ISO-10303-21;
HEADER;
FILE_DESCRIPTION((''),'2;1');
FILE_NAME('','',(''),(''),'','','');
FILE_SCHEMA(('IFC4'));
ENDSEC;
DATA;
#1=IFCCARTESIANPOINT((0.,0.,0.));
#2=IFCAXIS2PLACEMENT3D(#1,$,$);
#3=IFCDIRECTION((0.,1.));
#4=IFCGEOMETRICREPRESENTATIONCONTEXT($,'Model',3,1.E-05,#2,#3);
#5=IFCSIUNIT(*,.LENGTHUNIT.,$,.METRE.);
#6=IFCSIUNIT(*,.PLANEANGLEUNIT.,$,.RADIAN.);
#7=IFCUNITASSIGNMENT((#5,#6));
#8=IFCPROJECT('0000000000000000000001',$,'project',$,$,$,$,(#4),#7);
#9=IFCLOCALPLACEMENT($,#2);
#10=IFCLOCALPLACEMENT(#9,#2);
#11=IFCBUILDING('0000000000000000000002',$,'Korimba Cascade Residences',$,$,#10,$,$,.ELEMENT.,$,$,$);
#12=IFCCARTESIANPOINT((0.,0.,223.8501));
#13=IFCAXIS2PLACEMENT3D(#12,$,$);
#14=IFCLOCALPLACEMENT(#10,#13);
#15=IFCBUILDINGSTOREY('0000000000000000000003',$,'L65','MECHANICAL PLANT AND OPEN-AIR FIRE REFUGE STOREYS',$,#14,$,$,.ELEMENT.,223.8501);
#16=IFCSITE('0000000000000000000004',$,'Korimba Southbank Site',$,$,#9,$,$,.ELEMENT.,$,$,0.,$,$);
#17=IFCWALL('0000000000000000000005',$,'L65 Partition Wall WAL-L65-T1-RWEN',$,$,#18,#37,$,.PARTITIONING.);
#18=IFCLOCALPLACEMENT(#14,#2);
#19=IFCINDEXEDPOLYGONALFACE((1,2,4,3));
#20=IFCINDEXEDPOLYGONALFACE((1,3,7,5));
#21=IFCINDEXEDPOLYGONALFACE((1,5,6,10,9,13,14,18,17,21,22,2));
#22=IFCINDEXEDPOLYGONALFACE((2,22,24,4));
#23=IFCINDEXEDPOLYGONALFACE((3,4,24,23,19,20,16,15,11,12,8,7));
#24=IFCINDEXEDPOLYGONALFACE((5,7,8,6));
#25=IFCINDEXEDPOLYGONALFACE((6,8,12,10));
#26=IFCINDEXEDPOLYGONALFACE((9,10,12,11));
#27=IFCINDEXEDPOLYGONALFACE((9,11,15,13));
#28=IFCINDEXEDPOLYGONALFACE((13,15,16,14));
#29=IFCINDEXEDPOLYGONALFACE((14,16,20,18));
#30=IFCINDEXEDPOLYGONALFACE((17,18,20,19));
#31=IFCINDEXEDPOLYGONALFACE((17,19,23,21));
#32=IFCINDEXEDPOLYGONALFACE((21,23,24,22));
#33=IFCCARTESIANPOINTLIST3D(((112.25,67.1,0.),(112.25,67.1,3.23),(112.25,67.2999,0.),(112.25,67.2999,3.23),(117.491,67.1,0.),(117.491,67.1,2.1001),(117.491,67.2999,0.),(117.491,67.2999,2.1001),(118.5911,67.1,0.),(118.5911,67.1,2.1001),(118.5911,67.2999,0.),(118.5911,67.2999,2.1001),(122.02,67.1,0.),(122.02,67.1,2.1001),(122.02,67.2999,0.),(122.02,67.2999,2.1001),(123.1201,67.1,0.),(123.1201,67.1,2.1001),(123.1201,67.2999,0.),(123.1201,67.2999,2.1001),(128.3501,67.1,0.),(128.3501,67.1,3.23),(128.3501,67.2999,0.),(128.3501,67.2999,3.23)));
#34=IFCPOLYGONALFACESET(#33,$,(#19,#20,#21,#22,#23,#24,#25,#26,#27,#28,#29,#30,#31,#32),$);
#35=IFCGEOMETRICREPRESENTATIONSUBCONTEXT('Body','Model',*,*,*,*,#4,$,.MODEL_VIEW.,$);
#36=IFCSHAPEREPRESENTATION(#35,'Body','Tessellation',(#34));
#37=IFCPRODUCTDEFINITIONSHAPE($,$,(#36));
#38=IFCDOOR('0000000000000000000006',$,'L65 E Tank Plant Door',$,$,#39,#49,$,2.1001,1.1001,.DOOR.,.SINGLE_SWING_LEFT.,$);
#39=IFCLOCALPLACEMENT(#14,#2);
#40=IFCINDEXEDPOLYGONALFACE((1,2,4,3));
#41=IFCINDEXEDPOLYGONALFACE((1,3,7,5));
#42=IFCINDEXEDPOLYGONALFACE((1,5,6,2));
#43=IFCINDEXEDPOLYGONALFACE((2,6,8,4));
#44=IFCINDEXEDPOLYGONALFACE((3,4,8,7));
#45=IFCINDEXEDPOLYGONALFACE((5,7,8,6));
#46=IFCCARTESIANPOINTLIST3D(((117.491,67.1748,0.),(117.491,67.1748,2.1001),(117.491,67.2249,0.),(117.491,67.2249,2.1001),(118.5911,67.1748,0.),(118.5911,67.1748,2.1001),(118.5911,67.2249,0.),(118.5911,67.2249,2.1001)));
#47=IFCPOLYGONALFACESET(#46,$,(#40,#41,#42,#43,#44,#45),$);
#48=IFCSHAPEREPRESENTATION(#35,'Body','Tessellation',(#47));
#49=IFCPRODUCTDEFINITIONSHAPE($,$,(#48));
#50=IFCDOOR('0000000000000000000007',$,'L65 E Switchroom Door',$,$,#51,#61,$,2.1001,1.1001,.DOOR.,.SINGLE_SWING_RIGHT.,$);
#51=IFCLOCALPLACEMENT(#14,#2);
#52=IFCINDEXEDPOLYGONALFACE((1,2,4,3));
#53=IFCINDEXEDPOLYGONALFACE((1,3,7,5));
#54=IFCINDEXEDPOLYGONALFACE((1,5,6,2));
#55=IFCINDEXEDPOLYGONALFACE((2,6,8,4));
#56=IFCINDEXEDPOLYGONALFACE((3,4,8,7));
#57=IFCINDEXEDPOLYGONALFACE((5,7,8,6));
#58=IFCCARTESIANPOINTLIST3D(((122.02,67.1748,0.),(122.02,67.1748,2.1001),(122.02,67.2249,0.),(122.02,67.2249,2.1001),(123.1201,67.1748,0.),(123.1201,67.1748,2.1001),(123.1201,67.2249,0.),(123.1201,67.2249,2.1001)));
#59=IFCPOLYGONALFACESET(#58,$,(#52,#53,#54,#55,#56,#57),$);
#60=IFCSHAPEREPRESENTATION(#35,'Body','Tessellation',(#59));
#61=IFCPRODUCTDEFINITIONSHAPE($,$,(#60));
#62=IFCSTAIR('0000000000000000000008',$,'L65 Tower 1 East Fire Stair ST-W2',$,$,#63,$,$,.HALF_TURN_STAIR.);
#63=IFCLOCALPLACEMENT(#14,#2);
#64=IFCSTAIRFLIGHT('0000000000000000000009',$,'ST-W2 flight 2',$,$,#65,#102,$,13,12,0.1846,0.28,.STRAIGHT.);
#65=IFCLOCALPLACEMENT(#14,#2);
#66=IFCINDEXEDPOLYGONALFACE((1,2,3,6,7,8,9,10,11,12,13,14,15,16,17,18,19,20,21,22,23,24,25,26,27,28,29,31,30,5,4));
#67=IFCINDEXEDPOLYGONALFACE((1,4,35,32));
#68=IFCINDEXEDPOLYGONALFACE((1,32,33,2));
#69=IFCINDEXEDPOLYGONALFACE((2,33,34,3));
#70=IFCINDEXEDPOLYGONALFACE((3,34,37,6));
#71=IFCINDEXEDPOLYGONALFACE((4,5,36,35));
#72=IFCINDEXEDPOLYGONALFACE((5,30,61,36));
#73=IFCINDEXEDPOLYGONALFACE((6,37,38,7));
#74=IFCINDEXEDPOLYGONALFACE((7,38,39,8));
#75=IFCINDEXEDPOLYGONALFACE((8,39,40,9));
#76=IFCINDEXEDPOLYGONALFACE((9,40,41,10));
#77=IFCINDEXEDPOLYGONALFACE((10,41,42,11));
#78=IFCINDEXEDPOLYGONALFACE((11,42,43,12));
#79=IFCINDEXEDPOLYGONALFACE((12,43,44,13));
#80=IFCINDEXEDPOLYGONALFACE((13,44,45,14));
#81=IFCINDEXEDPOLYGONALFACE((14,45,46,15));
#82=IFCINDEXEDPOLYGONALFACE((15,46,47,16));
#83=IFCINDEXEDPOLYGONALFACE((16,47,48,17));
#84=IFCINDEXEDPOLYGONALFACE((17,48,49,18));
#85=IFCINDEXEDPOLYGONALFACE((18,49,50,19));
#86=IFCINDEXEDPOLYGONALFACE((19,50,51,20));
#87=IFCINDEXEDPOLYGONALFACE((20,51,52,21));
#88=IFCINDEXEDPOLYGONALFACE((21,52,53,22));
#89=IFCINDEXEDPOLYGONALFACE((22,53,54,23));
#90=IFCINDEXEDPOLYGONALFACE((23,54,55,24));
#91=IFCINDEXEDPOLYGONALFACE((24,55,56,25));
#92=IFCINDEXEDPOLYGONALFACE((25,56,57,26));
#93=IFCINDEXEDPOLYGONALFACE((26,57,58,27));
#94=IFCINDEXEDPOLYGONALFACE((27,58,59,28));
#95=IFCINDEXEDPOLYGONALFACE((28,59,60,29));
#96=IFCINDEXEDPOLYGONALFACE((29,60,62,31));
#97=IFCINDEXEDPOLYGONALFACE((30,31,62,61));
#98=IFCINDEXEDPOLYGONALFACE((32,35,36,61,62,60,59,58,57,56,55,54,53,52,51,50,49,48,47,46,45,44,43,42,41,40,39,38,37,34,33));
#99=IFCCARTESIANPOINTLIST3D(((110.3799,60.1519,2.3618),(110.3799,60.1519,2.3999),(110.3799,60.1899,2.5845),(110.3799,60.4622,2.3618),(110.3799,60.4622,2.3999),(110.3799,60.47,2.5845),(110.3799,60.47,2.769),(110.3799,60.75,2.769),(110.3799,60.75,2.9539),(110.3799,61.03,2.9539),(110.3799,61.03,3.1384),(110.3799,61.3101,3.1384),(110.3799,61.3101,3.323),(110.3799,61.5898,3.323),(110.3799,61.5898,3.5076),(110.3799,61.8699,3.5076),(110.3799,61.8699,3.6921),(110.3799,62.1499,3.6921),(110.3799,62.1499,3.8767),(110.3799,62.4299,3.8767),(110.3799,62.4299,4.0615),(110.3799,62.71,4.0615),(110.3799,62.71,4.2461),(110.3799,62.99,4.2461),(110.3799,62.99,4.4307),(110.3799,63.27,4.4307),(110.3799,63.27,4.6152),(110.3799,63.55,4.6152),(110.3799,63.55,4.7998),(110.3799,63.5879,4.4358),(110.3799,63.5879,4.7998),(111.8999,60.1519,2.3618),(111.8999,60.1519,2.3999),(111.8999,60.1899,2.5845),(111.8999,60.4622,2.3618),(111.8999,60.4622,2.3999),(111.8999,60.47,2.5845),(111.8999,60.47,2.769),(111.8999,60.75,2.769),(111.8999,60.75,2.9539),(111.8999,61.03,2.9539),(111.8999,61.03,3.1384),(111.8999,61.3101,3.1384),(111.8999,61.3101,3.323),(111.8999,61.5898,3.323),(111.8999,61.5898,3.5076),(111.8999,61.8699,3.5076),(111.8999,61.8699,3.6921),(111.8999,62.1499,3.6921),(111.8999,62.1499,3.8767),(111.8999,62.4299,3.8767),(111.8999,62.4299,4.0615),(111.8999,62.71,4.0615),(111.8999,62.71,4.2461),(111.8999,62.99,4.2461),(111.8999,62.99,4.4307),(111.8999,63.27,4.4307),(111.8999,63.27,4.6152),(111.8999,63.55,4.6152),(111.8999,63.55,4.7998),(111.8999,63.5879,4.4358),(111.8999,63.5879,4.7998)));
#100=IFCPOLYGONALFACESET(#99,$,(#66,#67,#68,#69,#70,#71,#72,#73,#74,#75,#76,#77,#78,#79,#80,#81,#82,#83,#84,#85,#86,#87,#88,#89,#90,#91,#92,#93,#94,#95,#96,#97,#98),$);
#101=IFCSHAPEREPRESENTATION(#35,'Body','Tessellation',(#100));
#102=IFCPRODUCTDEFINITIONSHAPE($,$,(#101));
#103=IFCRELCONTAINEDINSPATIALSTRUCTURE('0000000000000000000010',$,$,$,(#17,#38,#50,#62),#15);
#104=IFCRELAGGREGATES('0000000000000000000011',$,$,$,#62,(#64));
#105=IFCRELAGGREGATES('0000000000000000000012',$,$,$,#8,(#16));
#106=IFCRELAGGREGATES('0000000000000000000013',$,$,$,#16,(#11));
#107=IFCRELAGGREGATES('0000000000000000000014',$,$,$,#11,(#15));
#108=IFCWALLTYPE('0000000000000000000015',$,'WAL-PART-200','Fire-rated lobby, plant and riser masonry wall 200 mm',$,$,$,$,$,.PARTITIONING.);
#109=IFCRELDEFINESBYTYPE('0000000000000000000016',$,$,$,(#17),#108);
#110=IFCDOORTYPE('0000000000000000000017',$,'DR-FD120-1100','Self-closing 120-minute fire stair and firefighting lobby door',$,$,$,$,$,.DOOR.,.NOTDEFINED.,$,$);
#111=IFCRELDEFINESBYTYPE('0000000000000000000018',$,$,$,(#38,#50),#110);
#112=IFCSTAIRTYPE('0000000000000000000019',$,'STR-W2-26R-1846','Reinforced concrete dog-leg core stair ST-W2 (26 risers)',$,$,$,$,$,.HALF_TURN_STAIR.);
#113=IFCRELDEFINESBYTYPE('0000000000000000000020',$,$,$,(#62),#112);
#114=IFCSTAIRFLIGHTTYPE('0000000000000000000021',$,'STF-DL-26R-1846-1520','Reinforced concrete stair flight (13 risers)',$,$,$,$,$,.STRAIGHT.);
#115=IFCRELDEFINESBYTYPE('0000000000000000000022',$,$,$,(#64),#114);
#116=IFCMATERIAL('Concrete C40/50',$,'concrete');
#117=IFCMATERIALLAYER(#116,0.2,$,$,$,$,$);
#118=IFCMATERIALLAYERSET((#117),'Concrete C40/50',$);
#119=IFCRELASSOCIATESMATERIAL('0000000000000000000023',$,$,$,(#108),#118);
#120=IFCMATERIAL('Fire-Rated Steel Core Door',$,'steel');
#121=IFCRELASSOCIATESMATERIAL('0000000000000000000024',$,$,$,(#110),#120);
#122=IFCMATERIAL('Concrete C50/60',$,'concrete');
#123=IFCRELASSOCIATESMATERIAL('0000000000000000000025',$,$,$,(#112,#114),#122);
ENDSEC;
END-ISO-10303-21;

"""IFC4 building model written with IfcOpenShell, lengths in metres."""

from ifc_helpers import new_model, si_unit, direction, frame, frame_2d, origin, place, context, subcontext, project, spatial, polyline, rectangle, outline, extrude, material, layer, layer_set, type_object, element, fill, aggregate, save


model = new_model("IFC4")

# Units and contexts
model_context = context("Model", 3, precision=1e-05, world=origin(), true_north=direction((0.0, 1.0)))
body_context = subcontext(model_context, "Body", "Model", "MODEL_VIEW")
ifc_project = project(units=[si_unit("LENGTHUNIT", "METRE"), si_unit("PLANEANGLEUNIT", "RADIAN")], contexts=[model_context])

# Site, building, storey
site_placement = place(None, origin())
site = spatial("IfcSite", under=ifc_project, at=site_placement, Name="Korimba Southbank Site", CompositionType="ELEMENT", RefElevation=0.0)
building_placement = place(site_placement, origin())
building = spatial("IfcBuilding", under=site, at=building_placement, Name="Korimba Cascade Residences", CompositionType="ELEMENT")
storey_placement = place(building_placement, frame((0.0, 0.0, 223.8501)))
storey = spatial("IfcBuildingStorey", under=building, at=storey_placement, Name="L65", Description="MECHANICAL PLANT AND OPEN-AIR FIRE REFUGE STOREYS", CompositionType="ELEMENT", Elevation=223.8501)

# Shared definitions
ifc_material_1 = material(Name="Concrete C40/50", Category="concrete")
ifc_layer_1 = layer(ifc_material_1, 0.2)
ifc_layer_set_1 = layer_set([ifc_layer_1], Name="Concrete C40/50")
wall_type_1 = type_object("IfcWallType", Name="WAL-PART-200", Description="Fire-rated lobby, plant and riser masonry wall 200 mm", PredefinedType="PARTITIONING", material=ifc_layer_set_1)

# Wall, openings, doors
wall_1_placement = place(storey_placement, frame((112.25, 67.2, 0.0), z_axis=(0.0, 0.0, 1.0), x_axis=(1.0, 0.0, 0.0)))
wall_1 = element("IfcWall", 1, at=wall_1_placement, inside=storey, type_object=wall_type_1, Name="L65 Partition Wall WAL-L65-T1-RWEN", PredefinedType="PARTITIONING", context=body_context, shape_type="SweptSolid", body=[
    extrude(rectangle(XDim=16.1001, YDim=0.2, at=frame_2d((8.05, 0.0))), origin(), (0.0, 0.0, 1.0), 3.23),
])
opening_1_placement = place(wall_1_placement, frame((5.241, 0.0, 0.0)))
opening_1 = element("IfcOpeningElement", 2, at=opening_1_placement, cuts=wall_1, PredefinedType="OPENING", context=body_context, shape_type="SweptSolid", body=[
    extrude(rectangle(XDim=1.1001, YDim=2.1001, at=frame_2d((0.55, 1.05))), frame((0.0, 0.1099, 0.0), z_axis=(0.0, -1.0, 0.0), x_axis=(1.0, 0.0, 0.0)), (0.0, 0.0, 1.0), 0.22),
])
opening_2_placement = place(wall_1_placement, frame((9.77, 0.0, 0.0)))
opening_2 = element("IfcOpeningElement", 3, at=opening_2_placement, cuts=wall_1, PredefinedType="OPENING", context=body_context, shape_type="SweptSolid", body=[
    extrude(rectangle(XDim=1.1001, YDim=2.1001, at=frame_2d((0.55, 1.05))), frame((0.0, 0.1099, 0.0), z_axis=(0.0, -1.0, 0.0), x_axis=(1.0, 0.0, 0.0)), (0.0, 0.0, 1.0), 0.22),
])
ifc_material_2 = material(Name="Fire-Rated Steel Core Door", Category="steel")
door_type = type_object("IfcDoorType", Name="DR-FD120-1100", Description="Self-closing 120-minute fire stair and firefighting lobby door", OperationType="NOTDEFINED", PredefinedType="DOOR", material=ifc_material_2)
door_1_placement = place(opening_1_placement, origin())
door_1 = element("IfcDoor", 4, at=door_1_placement, inside=storey, type_object=door_type, Name="L65 E Tank Plant Door", OperationType="SINGLE_SWING_LEFT", OverallHeight=2.1001, OverallWidth=1.1001, PredefinedType="DOOR", context=body_context, shape_type="SweptSolid", body=[
    extrude(rectangle(XDim=1.1001, YDim=2.1001, at=frame_2d((0.55, 1.05))), frame((0.0, 0.0249, 0.0), z_axis=(0.0, -1.0, 0.0), x_axis=(1.0, 0.0, 0.0)), (0.0, 0.0, 1.0), 0.05),
])
fill(opening_1, door_1)
door_2_placement = place(opening_2_placement, origin())
door_2 = element("IfcDoor", 5, at=door_2_placement, inside=storey, type_object=door_type, Name="L65 E Switchroom Door", OperationType="SINGLE_SWING_RIGHT", OverallHeight=2.1001, OverallWidth=1.1001, PredefinedType="DOOR", context=body_context, shape_type="SweptSolid", body=[
    extrude(rectangle(XDim=1.1001, YDim=2.1001, at=frame_2d((0.55, 1.05))), frame((0.0, 0.0249, 0.0), z_axis=(0.0, -1.0, 0.0), x_axis=(1.0, 0.0, 0.0)), (0.0, 0.0, 1.0), 0.05),
])
fill(opening_2, door_2)

# Stair, stair flight
ifc_material_3 = material(Name="Concrete C50/60", Category="concrete")
stair_type = type_object("IfcStairType", Name="STR-W2-26R-1846", Description="Reinforced concrete dog-leg core stair ST-W2 (26 risers)", PredefinedType="HALF_TURN_STAIR", material=ifc_material_3)
stair_placement = place(storey_placement, origin())
stair = element("IfcStair", 6, at=stair_placement, inside=storey, type_object=stair_type, Name="L65 Tower 1 East Fire Stair ST-W2", PredefinedType="HALF_TURN_STAIR")
stair_flight_type = type_object("IfcStairFlightType", Name="STF-DL-26R-1846-1520", Description="Reinforced concrete stair flight (13 risers)", PredefinedType="STRAIGHT", material=ifc_material_3)
stair_flight_placement = place(storey_placement, frame((111.1399, 60.1899, 2.3999), z_axis=(0.0, 0.0, 1.0), x_axis=(0.0, 1.0, 0.0)))
stair_flight = element("IfcStairFlight", 7, at=stair_flight_placement, type_object=stair_flight_type, Name="ST-W2 flight 2", NumberOfRisers=13, NumberOfTreads=12, PredefinedType="STRAIGHT", RiserHeight=0.1846, TreadLength=0.28, context=body_context, shape_type="SweptSolid", body=[
    extrude(outline(polyline([(-0.0381, 0.0), (0.0, 0.1846), (0.28, 0.1846), (0.28, 0.3691), (0.5601, 0.3691), (0.5601, 0.554), (0.8401, 0.554), (0.8401, 0.7385), (1.1201, 0.7385), (1.1201, 0.9231), (1.3999, 0.9231), (1.3999, 1.1077), (1.6799, 1.1077), (1.6799, 1.2922), (1.96, 1.2922), (1.96, 1.4768), (2.24, 1.4768), (2.24, 1.6616), (2.52, 1.6616), (2.52, 1.8462), (2.8, 1.8462), (2.8, 2.0308), (3.0801, 2.0308), (3.0801, 2.2153), (3.3601, 2.2153), (3.3601, 2.3999), (3.3979, 2.3999), (3.3979, 2.0359), (0.2722, 0.0), (0.2722, -0.0381), (-0.0381, -0.0381), (-0.0381, 0.0)])), frame((0.0, 0.76, 0.0), z_axis=(0.0, -1.0, 0.0), x_axis=(1.0, 0.0, 0.0)), (0.0, 0.0, 1.0), 1.52),
])
aggregate(stair, [stair_flight])

save(model, "model.ifc")
